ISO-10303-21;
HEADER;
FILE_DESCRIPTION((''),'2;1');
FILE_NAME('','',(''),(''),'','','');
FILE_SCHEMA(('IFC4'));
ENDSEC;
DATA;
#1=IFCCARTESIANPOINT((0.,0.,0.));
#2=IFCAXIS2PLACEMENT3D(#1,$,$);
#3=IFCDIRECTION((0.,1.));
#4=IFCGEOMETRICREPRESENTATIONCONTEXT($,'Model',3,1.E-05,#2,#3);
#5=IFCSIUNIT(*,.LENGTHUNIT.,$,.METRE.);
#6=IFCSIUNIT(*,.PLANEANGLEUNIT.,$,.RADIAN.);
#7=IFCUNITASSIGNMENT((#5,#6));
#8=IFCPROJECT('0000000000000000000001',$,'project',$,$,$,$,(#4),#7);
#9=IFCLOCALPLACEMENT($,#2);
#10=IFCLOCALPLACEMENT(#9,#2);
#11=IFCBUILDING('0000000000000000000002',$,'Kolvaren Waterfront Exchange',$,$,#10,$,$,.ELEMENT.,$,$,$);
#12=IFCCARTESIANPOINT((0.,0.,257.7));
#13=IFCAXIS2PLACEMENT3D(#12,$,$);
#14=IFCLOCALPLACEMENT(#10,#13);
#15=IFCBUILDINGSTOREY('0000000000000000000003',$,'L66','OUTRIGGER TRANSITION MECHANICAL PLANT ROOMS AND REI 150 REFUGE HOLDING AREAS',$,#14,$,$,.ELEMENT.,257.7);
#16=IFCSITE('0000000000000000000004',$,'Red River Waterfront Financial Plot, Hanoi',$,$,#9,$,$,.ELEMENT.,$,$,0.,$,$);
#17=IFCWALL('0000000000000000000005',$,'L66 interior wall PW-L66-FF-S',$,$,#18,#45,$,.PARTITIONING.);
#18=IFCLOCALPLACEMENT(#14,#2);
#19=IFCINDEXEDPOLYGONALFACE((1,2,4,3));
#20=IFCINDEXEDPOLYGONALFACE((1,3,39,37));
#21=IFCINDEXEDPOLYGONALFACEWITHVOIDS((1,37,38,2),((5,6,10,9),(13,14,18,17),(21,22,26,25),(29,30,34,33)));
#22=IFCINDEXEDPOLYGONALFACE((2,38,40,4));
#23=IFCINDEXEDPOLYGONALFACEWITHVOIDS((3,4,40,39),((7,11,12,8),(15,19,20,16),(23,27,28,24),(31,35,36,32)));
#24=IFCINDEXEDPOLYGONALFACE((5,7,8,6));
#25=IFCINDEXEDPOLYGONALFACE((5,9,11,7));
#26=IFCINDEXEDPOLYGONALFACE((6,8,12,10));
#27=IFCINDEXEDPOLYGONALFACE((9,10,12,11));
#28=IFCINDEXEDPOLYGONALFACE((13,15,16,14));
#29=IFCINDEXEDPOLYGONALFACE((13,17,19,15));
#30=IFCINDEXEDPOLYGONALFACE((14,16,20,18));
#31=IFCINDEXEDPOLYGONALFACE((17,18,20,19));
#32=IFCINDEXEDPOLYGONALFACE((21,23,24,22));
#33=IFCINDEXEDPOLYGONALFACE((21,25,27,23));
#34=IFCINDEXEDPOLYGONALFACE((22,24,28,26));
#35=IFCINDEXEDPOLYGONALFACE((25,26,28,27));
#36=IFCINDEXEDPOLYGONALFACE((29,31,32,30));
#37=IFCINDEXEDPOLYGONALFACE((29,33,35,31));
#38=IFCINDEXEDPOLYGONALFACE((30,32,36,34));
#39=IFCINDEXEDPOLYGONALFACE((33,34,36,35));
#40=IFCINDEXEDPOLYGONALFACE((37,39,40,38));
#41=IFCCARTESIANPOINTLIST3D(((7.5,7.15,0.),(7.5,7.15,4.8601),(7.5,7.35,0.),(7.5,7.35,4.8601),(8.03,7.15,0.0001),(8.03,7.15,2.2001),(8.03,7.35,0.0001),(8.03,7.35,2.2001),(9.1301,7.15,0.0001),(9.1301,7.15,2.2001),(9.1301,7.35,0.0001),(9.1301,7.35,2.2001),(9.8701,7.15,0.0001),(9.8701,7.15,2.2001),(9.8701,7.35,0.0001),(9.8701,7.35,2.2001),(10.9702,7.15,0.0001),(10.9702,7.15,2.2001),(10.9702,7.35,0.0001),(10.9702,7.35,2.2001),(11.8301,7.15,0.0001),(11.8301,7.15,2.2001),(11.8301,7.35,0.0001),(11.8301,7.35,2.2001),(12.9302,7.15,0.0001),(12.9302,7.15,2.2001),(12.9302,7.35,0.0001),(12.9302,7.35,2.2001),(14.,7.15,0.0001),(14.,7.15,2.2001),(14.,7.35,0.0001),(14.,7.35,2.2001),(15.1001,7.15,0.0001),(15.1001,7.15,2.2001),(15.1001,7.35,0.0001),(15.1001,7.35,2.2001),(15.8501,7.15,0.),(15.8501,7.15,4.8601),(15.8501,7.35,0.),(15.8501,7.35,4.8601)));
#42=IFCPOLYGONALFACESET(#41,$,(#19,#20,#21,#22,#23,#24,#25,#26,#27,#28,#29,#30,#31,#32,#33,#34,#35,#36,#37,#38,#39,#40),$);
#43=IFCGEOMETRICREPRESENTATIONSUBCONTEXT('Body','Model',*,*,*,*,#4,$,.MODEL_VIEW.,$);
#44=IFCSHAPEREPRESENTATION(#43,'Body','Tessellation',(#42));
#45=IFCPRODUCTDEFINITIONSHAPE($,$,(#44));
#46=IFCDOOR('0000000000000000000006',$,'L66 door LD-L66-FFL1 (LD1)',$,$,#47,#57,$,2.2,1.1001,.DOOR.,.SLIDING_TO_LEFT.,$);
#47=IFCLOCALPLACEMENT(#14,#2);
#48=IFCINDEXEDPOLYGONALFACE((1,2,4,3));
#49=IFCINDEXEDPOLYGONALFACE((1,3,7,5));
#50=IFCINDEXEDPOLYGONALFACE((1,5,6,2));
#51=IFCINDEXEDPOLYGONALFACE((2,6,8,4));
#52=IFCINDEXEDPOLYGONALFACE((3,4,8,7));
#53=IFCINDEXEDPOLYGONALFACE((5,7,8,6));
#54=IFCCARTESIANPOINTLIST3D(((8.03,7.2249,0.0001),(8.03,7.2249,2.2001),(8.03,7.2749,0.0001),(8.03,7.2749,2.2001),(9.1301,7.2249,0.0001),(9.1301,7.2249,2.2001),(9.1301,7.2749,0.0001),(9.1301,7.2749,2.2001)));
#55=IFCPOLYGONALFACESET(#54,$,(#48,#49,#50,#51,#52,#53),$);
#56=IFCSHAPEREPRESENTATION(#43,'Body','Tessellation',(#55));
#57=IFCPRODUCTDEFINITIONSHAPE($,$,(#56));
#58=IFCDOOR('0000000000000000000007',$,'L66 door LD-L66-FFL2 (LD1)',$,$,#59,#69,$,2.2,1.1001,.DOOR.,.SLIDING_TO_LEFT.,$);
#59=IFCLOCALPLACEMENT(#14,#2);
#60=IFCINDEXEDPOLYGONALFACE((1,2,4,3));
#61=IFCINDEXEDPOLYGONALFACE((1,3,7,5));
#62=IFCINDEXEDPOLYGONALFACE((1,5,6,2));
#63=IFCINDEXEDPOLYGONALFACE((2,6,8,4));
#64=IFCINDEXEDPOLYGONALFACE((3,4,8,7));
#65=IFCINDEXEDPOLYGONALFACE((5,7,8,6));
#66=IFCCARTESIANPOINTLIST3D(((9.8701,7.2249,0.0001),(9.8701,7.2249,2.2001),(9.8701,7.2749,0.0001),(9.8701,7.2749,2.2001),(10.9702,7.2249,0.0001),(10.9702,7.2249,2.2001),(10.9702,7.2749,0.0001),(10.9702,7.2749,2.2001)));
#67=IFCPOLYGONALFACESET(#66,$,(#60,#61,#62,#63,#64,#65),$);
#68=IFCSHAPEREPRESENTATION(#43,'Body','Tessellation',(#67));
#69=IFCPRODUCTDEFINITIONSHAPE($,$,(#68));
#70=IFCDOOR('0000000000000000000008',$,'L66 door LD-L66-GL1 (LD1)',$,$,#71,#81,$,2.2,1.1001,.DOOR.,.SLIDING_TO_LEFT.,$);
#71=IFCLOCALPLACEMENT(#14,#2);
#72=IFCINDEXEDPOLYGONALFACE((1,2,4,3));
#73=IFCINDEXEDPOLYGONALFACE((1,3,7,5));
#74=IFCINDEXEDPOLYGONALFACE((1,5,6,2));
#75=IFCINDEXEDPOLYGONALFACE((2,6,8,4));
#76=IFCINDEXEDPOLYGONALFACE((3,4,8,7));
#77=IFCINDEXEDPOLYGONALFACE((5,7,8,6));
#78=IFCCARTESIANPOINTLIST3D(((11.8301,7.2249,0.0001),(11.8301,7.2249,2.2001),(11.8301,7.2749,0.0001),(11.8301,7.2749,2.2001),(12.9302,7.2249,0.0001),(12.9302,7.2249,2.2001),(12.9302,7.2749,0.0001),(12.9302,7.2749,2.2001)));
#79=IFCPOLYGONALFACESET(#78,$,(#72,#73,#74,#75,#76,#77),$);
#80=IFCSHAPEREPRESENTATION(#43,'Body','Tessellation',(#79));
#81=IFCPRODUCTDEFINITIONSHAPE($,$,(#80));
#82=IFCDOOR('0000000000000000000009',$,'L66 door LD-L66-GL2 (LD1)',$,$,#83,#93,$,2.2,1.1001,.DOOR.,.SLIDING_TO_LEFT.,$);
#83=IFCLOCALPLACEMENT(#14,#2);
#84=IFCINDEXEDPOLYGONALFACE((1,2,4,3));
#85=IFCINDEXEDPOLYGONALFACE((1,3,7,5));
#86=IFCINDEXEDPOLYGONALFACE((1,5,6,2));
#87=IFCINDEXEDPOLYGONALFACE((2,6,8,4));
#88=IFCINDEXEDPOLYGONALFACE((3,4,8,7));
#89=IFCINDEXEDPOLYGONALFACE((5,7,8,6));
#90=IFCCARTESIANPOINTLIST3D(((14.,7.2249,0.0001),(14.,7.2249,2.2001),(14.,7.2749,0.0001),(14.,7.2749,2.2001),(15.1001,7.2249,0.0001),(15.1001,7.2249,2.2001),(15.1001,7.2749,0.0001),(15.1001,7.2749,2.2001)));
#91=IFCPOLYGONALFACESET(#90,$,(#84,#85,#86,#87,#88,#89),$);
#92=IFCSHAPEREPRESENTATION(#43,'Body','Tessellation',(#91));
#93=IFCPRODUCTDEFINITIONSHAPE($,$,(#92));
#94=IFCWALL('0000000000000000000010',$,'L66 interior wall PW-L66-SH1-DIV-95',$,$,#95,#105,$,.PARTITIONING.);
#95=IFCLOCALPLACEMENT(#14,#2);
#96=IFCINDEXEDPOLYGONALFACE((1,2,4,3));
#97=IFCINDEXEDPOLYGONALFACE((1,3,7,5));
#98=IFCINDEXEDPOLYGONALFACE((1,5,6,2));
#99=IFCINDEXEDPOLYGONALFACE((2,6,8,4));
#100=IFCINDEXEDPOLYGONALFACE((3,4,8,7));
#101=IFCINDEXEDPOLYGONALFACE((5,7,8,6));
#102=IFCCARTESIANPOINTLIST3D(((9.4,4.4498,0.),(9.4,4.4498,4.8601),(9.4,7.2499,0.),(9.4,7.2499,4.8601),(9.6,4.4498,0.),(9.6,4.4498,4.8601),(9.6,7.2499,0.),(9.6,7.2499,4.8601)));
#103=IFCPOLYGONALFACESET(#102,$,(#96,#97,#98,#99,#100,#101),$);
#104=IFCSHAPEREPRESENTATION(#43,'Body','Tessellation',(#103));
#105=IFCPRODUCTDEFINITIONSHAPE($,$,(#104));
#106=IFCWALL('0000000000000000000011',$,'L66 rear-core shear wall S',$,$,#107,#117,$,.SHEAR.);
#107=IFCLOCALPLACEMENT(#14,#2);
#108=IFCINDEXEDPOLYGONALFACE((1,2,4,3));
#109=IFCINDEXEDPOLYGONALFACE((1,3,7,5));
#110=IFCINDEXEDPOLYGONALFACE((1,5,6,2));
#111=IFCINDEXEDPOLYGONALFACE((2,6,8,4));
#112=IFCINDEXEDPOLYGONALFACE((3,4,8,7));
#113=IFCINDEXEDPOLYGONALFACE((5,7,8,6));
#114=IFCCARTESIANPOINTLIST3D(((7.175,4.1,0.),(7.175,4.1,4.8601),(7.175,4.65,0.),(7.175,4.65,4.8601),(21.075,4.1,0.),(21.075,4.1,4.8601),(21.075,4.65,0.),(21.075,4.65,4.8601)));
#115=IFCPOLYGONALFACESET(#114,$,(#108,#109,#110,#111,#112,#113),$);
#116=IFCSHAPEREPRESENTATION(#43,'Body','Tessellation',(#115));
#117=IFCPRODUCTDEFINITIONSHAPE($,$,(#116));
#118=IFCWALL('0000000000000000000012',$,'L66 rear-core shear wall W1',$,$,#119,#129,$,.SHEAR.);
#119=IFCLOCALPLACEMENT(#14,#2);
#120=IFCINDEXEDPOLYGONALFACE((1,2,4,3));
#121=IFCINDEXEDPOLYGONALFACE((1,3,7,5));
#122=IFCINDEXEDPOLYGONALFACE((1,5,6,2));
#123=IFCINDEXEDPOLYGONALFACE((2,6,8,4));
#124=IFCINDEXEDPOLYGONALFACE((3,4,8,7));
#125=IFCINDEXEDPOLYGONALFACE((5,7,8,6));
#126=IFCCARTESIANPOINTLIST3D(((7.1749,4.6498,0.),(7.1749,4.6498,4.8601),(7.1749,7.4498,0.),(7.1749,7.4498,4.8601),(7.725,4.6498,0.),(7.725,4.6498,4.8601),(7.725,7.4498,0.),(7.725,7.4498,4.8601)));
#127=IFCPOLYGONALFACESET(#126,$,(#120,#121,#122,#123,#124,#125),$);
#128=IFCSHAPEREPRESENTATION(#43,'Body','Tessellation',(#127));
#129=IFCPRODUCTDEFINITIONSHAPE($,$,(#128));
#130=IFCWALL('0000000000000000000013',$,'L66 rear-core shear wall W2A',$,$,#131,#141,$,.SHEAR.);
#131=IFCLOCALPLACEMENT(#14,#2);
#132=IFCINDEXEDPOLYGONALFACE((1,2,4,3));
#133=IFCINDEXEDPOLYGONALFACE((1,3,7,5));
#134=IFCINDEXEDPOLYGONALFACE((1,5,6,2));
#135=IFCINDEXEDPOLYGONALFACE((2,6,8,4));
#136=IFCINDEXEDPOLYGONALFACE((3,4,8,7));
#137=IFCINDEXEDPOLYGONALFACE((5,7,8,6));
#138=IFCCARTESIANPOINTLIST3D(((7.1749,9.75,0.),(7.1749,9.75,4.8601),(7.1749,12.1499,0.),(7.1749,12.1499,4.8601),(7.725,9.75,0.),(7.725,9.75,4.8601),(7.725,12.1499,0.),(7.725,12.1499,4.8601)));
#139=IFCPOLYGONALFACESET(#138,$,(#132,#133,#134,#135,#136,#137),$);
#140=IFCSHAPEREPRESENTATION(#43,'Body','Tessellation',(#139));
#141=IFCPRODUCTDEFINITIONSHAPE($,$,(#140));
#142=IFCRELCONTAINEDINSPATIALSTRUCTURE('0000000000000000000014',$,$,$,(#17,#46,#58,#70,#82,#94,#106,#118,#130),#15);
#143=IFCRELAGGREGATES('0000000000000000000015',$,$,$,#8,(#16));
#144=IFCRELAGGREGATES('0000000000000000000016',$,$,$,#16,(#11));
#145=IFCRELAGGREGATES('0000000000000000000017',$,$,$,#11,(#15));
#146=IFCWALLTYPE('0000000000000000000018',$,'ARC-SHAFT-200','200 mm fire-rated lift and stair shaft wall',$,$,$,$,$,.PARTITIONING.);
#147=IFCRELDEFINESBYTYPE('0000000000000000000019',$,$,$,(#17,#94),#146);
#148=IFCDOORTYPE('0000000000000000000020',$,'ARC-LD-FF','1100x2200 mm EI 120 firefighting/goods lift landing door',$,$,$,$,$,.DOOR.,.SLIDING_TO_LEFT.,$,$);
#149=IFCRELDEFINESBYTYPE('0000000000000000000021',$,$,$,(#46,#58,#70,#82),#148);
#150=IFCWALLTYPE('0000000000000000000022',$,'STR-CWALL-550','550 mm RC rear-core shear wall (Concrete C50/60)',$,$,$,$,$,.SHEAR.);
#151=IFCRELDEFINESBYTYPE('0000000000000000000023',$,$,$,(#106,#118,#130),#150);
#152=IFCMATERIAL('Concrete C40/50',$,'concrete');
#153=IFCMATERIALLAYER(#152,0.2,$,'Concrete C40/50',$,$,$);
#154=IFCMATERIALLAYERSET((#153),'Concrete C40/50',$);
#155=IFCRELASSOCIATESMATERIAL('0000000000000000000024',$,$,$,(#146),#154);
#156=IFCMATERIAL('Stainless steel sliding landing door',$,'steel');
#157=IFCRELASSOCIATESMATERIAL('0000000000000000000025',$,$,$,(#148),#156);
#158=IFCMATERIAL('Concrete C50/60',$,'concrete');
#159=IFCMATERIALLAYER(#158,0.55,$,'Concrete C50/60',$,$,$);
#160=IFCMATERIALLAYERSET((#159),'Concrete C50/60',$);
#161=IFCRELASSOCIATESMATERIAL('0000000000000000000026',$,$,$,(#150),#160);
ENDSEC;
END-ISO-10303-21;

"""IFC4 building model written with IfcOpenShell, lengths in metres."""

from ifc_helpers import new_model, si_unit, direction, frame, frame_2d, origin, place, context, subcontext, project, spatial, rectangle, extrude, material, layer, layer_set, type_object, element, fill, save


model = new_model("IFC4")

# Units and contexts
model_context = context("Model", 3, precision=1e-05, world=origin(), true_north=direction((0.0, 1.0)))
body_context = subcontext(model_context, "Body", "Model", "MODEL_VIEW")
ifc_project = project(units=[si_unit("LENGTHUNIT", "METRE"), si_unit("PLANEANGLEUNIT", "RADIAN")], contexts=[model_context])

# Site, building, storey
site_placement = place(None, origin())
site = spatial("IfcSite", under=ifc_project, at=site_placement, Name="Red River Waterfront Financial Plot, Hanoi", CompositionType="ELEMENT", RefElevation=0.0)
building_placement = place(site_placement, origin())
building = spatial("IfcBuilding", under=site, at=building_placement, Name="Kolvaren Waterfront Exchange", CompositionType="ELEMENT")
storey_placement = place(building_placement, frame((0.0, 0.0, 257.7)))
storey = spatial("IfcBuildingStorey", under=building, at=storey_placement, Name="L66", Description="OUTRIGGER TRANSITION MECHANICAL PLANT ROOMS AND REI 150 REFUGE HOLDING AREAS", CompositionType="ELEMENT", Elevation=257.7)

# Shared definitions
ifc_material_1 = material(Name="Concrete C50/60", Category="concrete")

# Shared definitions
ifc_material_2 = material(Name="Concrete C40/50", Category="concrete")

# Wall, openings, doors
ifc_layer_1 = layer(ifc_material_2, 0.2, Name="Concrete C40/50")
ifc_layer_set_1 = layer_set([ifc_layer_1], Name="Concrete C40/50")
wall_type_1 = type_object("IfcWallType", Name="ARC-SHAFT-200", Description="200 mm fire-rated lift and stair shaft wall", PredefinedType="PARTITIONING", material=ifc_layer_set_1)
wall_1_placement = place(storey_placement, frame((7.5, 7.25, 0.0), z_axis=(0.0, 0.0, 1.0), x_axis=(1.0, 0.0, 0.0)))
wall_1 = element("IfcWall", 1, at=wall_1_placement, inside=storey, type_object=wall_type_1, Name="L66 interior wall PW-L66-FF-S", PredefinedType="PARTITIONING", context=body_context, shape_type="SweptSolid", body=[
    extrude(rectangle(XDim=8.3501, YDim=0.2, at=frame_2d((4.175, 0.0))), origin(), (0.0, 0.0, 1.0), 4.8601),
])
opening_1_placement = place(wall_1_placement, frame((0.53, 0.0, 0.0)))
opening_1 = element("IfcOpeningElement", 2, at=opening_1_placement, cuts=wall_1, PredefinedType="OPENING", context=body_context, shape_type="SweptSolid", body=[
    extrude(rectangle(XDim=1.1001, YDim=2.2, at=frame_2d((0.55, 1.1001))), frame((0.0, 0.1099, 0.0), z_axis=(0.0, -1.0, 0.0), x_axis=(1.0, 0.0, 0.0)), (0.0, 0.0, 1.0), 0.22),
])
opening_2_placement = place(wall_1_placement, frame((2.3701, 0.0, 0.0)))
opening_2 = element("IfcOpeningElement", 3, at=opening_2_placement, cuts=wall_1, PredefinedType="OPENING", context=body_context, shape_type="SweptSolid", body=[
    extrude(rectangle(XDim=1.1001, YDim=2.2, at=frame_2d((0.55, 1.1001))), frame((0.0, 0.1099, 0.0), z_axis=(0.0, -1.0, 0.0), x_axis=(1.0, 0.0, 0.0)), (0.0, 0.0, 1.0), 0.22),
])
opening_3_placement = place(wall_1_placement, frame((4.3301, 0.0, 0.0)))
opening_3 = element("IfcOpeningElement", 4, at=opening_3_placement, cuts=wall_1, PredefinedType="OPENING", context=body_context, shape_type="SweptSolid", body=[
    extrude(rectangle(XDim=1.1001, YDim=2.2, at=frame_2d((0.55, 1.1001))), frame((0.0, 0.1099, 0.0), z_axis=(0.0, -1.0, 0.0), x_axis=(1.0, 0.0, 0.0)), (0.0, 0.0, 1.0), 0.22),
])
opening_4_placement = place(wall_1_placement, frame((6.5, 0.0, 0.0)))
opening_4 = element("IfcOpeningElement", 5, at=opening_4_placement, cuts=wall_1, PredefinedType="OPENING", context=body_context, shape_type="SweptSolid", body=[
    extrude(rectangle(XDim=1.1001, YDim=2.2, at=frame_2d((0.55, 1.1001))), frame((0.0, 0.1099, 0.0), z_axis=(0.0, -1.0, 0.0), x_axis=(1.0, 0.0, 0.0)), (0.0, 0.0, 1.0), 0.22),
])
ifc_material_3 = material(Name="Stainless steel sliding landing door", Category="steel")
door_type_1 = type_object("IfcDoorType", Name="ARC-LD-FF", Description="1100x2200 mm EI 120 firefighting/goods lift landing door", OperationType="SLIDING_TO_LEFT", PredefinedType="DOOR", material=ifc_material_3)
door_1_placement = place(opening_1_placement, origin())
door_1 = element("IfcDoor", 6, at=door_1_placement, inside=storey, type_object=door_type_1, Name="L66 door LD-L66-FFL1 (LD1)", OperationType="SLIDING_TO_LEFT", OverallHeight=2.2, OverallWidth=1.1001, PredefinedType="DOOR", context=body_context, shape_type="SweptSolid", body=[
    extrude(rectangle(XDim=1.1001, YDim=2.2, at=frame_2d((0.55, 1.1001))), frame((0.0, 0.0249, 0.0), z_axis=(0.0, -1.0, 0.0), x_axis=(1.0, 0.0, 0.0)), (0.0, 0.0, 1.0), 0.05),
])
fill(opening_1, door_1)
door_2_placement = place(opening_2_placement, origin())
door_2 = element("IfcDoor", 7, at=door_2_placement, inside=storey, type_object=door_type_1, Name="L66 door LD-L66-FFL2 (LD1)", OperationType="SLIDING_TO_LEFT", OverallHeight=2.2, OverallWidth=1.1001, PredefinedType="DOOR", context=body_context, shape_type="SweptSolid", body=[
    extrude(rectangle(XDim=1.1001, YDim=2.2, at=frame_2d((0.55, 1.1001))), frame((0.0, 0.0249, 0.0), z_axis=(0.0, -1.0, 0.0), x_axis=(1.0, 0.0, 0.0)), (0.0, 0.0, 1.0), 0.05),
])
fill(opening_2, door_2)
door_3_placement = place(opening_3_placement, origin())
door_3 = element("IfcDoor", 8, at=door_3_placement, inside=storey, type_object=door_type_1, Name="L66 door LD-L66-GL1 (LD1)", OperationType="SLIDING_TO_LEFT", OverallHeight=2.2, OverallWidth=1.1001, PredefinedType="DOOR", context=body_context, shape_type="SweptSolid", body=[
    extrude(rectangle(XDim=1.1001, YDim=2.2, at=frame_2d((0.55, 1.1001))), frame((0.0, 0.0249, 0.0), z_axis=(0.0, -1.0, 0.0), x_axis=(1.0, 0.0, 0.0)), (0.0, 0.0, 1.0), 0.05),
])
fill(opening_3, door_3)
door_4_placement = place(opening_4_placement, origin())
door_4 = element("IfcDoor", 9, at=door_4_placement, inside=storey, type_object=door_type_1, Name="L66 door LD-L66-GL2 (LD1)", OperationType="SLIDING_TO_LEFT", OverallHeight=2.2, OverallWidth=1.1001, PredefinedType="DOOR", context=body_context, shape_type="SweptSolid", body=[
    extrude(rectangle(XDim=1.1001, YDim=2.2, at=frame_2d((0.55, 1.1001))), frame((0.0, 0.0249, 0.0), z_axis=(0.0, -1.0, 0.0), x_axis=(1.0, 0.0, 0.0)), (0.0, 0.0, 1.0), 0.05),
])
fill(opening_4, door_4)

# Walls
wall_2_placement = place(storey_placement, frame((9.5, 4.45, 0.0), z_axis=(0.0, 0.0, 1.0), x_axis=(0.0, 1.0, 0.0)))
element("IfcWall", 10, at=wall_2_placement, inside=storey, type_object=wall_type_1, Name="L66 interior wall PW-L66-SH1-DIV-95", PredefinedType="PARTITIONING", context=body_context, shape_type="SweptSolid", body=[
    extrude(rectangle(XDim=2.8, YDim=0.2, at=frame_2d((1.3999, 0.0))), origin(), (0.0, 0.0, 1.0), 4.8601),
])
ifc_layer_2 = layer(ifc_material_1, 0.55, Name="Concrete C50/60")
ifc_layer_set_2 = layer_set([ifc_layer_2], Name="Concrete C50/60")
wall_type_2 = type_object("IfcWallType", Name="STR-CWALL-550", Description="550 mm RC rear-core shear wall (Concrete C50/60)", PredefinedType="SHEAR", material=ifc_layer_set_2)
wall_3_placement = place(storey_placement, frame((7.175, 4.375, 0.0), z_axis=(0.0, 0.0, 1.0), x_axis=(1.0, 0.0, 0.0)))
element("IfcWall", 11, at=wall_3_placement, inside=storey, type_object=wall_type_2, Name="L66 rear-core shear wall S", PredefinedType="SHEAR", context=body_context, shape_type="SweptSolid", body=[
    extrude(rectangle(XDim=13.8999, YDim=0.55, at=frame_2d((6.95, 0.0))), origin(), (0.0, 0.0, 1.0), 4.8601),
])
wall_4_placement = place(storey_placement, frame((7.45, 4.6499, 0.0), z_axis=(0.0, 0.0, 1.0), x_axis=(0.0, 1.0, 0.0)))
element("IfcWall", 12, at=wall_4_placement, inside=storey, type_object=wall_type_2, Name="L66 rear-core shear wall W1", PredefinedType="SHEAR", context=body_context, shape_type="SweptSolid", body=[
    extrude(rectangle(XDim=2.8, YDim=0.55, at=frame_2d((1.3999, 0.0))), origin(), (0.0, 0.0, 1.0), 4.8601),
])
wall_5_placement = place(storey_placement, frame((7.45, 9.75, 0.0), z_axis=(0.0, 0.0, 1.0), x_axis=(0.0, 1.0, 0.0)))
element("IfcWall", 13, at=wall_5_placement, inside=storey, type_object=wall_type_2, Name="L66 rear-core shear wall W2A", PredefinedType="SHEAR", context=body_context, shape_type="SweptSolid", body=[
    extrude(rectangle(XDim=2.3999, YDim=0.55, at=frame_2d((1.2, 0.0))), origin(), (0.0, 0.0, 1.0), 4.8601),
])

save(model, "model.ifc")
